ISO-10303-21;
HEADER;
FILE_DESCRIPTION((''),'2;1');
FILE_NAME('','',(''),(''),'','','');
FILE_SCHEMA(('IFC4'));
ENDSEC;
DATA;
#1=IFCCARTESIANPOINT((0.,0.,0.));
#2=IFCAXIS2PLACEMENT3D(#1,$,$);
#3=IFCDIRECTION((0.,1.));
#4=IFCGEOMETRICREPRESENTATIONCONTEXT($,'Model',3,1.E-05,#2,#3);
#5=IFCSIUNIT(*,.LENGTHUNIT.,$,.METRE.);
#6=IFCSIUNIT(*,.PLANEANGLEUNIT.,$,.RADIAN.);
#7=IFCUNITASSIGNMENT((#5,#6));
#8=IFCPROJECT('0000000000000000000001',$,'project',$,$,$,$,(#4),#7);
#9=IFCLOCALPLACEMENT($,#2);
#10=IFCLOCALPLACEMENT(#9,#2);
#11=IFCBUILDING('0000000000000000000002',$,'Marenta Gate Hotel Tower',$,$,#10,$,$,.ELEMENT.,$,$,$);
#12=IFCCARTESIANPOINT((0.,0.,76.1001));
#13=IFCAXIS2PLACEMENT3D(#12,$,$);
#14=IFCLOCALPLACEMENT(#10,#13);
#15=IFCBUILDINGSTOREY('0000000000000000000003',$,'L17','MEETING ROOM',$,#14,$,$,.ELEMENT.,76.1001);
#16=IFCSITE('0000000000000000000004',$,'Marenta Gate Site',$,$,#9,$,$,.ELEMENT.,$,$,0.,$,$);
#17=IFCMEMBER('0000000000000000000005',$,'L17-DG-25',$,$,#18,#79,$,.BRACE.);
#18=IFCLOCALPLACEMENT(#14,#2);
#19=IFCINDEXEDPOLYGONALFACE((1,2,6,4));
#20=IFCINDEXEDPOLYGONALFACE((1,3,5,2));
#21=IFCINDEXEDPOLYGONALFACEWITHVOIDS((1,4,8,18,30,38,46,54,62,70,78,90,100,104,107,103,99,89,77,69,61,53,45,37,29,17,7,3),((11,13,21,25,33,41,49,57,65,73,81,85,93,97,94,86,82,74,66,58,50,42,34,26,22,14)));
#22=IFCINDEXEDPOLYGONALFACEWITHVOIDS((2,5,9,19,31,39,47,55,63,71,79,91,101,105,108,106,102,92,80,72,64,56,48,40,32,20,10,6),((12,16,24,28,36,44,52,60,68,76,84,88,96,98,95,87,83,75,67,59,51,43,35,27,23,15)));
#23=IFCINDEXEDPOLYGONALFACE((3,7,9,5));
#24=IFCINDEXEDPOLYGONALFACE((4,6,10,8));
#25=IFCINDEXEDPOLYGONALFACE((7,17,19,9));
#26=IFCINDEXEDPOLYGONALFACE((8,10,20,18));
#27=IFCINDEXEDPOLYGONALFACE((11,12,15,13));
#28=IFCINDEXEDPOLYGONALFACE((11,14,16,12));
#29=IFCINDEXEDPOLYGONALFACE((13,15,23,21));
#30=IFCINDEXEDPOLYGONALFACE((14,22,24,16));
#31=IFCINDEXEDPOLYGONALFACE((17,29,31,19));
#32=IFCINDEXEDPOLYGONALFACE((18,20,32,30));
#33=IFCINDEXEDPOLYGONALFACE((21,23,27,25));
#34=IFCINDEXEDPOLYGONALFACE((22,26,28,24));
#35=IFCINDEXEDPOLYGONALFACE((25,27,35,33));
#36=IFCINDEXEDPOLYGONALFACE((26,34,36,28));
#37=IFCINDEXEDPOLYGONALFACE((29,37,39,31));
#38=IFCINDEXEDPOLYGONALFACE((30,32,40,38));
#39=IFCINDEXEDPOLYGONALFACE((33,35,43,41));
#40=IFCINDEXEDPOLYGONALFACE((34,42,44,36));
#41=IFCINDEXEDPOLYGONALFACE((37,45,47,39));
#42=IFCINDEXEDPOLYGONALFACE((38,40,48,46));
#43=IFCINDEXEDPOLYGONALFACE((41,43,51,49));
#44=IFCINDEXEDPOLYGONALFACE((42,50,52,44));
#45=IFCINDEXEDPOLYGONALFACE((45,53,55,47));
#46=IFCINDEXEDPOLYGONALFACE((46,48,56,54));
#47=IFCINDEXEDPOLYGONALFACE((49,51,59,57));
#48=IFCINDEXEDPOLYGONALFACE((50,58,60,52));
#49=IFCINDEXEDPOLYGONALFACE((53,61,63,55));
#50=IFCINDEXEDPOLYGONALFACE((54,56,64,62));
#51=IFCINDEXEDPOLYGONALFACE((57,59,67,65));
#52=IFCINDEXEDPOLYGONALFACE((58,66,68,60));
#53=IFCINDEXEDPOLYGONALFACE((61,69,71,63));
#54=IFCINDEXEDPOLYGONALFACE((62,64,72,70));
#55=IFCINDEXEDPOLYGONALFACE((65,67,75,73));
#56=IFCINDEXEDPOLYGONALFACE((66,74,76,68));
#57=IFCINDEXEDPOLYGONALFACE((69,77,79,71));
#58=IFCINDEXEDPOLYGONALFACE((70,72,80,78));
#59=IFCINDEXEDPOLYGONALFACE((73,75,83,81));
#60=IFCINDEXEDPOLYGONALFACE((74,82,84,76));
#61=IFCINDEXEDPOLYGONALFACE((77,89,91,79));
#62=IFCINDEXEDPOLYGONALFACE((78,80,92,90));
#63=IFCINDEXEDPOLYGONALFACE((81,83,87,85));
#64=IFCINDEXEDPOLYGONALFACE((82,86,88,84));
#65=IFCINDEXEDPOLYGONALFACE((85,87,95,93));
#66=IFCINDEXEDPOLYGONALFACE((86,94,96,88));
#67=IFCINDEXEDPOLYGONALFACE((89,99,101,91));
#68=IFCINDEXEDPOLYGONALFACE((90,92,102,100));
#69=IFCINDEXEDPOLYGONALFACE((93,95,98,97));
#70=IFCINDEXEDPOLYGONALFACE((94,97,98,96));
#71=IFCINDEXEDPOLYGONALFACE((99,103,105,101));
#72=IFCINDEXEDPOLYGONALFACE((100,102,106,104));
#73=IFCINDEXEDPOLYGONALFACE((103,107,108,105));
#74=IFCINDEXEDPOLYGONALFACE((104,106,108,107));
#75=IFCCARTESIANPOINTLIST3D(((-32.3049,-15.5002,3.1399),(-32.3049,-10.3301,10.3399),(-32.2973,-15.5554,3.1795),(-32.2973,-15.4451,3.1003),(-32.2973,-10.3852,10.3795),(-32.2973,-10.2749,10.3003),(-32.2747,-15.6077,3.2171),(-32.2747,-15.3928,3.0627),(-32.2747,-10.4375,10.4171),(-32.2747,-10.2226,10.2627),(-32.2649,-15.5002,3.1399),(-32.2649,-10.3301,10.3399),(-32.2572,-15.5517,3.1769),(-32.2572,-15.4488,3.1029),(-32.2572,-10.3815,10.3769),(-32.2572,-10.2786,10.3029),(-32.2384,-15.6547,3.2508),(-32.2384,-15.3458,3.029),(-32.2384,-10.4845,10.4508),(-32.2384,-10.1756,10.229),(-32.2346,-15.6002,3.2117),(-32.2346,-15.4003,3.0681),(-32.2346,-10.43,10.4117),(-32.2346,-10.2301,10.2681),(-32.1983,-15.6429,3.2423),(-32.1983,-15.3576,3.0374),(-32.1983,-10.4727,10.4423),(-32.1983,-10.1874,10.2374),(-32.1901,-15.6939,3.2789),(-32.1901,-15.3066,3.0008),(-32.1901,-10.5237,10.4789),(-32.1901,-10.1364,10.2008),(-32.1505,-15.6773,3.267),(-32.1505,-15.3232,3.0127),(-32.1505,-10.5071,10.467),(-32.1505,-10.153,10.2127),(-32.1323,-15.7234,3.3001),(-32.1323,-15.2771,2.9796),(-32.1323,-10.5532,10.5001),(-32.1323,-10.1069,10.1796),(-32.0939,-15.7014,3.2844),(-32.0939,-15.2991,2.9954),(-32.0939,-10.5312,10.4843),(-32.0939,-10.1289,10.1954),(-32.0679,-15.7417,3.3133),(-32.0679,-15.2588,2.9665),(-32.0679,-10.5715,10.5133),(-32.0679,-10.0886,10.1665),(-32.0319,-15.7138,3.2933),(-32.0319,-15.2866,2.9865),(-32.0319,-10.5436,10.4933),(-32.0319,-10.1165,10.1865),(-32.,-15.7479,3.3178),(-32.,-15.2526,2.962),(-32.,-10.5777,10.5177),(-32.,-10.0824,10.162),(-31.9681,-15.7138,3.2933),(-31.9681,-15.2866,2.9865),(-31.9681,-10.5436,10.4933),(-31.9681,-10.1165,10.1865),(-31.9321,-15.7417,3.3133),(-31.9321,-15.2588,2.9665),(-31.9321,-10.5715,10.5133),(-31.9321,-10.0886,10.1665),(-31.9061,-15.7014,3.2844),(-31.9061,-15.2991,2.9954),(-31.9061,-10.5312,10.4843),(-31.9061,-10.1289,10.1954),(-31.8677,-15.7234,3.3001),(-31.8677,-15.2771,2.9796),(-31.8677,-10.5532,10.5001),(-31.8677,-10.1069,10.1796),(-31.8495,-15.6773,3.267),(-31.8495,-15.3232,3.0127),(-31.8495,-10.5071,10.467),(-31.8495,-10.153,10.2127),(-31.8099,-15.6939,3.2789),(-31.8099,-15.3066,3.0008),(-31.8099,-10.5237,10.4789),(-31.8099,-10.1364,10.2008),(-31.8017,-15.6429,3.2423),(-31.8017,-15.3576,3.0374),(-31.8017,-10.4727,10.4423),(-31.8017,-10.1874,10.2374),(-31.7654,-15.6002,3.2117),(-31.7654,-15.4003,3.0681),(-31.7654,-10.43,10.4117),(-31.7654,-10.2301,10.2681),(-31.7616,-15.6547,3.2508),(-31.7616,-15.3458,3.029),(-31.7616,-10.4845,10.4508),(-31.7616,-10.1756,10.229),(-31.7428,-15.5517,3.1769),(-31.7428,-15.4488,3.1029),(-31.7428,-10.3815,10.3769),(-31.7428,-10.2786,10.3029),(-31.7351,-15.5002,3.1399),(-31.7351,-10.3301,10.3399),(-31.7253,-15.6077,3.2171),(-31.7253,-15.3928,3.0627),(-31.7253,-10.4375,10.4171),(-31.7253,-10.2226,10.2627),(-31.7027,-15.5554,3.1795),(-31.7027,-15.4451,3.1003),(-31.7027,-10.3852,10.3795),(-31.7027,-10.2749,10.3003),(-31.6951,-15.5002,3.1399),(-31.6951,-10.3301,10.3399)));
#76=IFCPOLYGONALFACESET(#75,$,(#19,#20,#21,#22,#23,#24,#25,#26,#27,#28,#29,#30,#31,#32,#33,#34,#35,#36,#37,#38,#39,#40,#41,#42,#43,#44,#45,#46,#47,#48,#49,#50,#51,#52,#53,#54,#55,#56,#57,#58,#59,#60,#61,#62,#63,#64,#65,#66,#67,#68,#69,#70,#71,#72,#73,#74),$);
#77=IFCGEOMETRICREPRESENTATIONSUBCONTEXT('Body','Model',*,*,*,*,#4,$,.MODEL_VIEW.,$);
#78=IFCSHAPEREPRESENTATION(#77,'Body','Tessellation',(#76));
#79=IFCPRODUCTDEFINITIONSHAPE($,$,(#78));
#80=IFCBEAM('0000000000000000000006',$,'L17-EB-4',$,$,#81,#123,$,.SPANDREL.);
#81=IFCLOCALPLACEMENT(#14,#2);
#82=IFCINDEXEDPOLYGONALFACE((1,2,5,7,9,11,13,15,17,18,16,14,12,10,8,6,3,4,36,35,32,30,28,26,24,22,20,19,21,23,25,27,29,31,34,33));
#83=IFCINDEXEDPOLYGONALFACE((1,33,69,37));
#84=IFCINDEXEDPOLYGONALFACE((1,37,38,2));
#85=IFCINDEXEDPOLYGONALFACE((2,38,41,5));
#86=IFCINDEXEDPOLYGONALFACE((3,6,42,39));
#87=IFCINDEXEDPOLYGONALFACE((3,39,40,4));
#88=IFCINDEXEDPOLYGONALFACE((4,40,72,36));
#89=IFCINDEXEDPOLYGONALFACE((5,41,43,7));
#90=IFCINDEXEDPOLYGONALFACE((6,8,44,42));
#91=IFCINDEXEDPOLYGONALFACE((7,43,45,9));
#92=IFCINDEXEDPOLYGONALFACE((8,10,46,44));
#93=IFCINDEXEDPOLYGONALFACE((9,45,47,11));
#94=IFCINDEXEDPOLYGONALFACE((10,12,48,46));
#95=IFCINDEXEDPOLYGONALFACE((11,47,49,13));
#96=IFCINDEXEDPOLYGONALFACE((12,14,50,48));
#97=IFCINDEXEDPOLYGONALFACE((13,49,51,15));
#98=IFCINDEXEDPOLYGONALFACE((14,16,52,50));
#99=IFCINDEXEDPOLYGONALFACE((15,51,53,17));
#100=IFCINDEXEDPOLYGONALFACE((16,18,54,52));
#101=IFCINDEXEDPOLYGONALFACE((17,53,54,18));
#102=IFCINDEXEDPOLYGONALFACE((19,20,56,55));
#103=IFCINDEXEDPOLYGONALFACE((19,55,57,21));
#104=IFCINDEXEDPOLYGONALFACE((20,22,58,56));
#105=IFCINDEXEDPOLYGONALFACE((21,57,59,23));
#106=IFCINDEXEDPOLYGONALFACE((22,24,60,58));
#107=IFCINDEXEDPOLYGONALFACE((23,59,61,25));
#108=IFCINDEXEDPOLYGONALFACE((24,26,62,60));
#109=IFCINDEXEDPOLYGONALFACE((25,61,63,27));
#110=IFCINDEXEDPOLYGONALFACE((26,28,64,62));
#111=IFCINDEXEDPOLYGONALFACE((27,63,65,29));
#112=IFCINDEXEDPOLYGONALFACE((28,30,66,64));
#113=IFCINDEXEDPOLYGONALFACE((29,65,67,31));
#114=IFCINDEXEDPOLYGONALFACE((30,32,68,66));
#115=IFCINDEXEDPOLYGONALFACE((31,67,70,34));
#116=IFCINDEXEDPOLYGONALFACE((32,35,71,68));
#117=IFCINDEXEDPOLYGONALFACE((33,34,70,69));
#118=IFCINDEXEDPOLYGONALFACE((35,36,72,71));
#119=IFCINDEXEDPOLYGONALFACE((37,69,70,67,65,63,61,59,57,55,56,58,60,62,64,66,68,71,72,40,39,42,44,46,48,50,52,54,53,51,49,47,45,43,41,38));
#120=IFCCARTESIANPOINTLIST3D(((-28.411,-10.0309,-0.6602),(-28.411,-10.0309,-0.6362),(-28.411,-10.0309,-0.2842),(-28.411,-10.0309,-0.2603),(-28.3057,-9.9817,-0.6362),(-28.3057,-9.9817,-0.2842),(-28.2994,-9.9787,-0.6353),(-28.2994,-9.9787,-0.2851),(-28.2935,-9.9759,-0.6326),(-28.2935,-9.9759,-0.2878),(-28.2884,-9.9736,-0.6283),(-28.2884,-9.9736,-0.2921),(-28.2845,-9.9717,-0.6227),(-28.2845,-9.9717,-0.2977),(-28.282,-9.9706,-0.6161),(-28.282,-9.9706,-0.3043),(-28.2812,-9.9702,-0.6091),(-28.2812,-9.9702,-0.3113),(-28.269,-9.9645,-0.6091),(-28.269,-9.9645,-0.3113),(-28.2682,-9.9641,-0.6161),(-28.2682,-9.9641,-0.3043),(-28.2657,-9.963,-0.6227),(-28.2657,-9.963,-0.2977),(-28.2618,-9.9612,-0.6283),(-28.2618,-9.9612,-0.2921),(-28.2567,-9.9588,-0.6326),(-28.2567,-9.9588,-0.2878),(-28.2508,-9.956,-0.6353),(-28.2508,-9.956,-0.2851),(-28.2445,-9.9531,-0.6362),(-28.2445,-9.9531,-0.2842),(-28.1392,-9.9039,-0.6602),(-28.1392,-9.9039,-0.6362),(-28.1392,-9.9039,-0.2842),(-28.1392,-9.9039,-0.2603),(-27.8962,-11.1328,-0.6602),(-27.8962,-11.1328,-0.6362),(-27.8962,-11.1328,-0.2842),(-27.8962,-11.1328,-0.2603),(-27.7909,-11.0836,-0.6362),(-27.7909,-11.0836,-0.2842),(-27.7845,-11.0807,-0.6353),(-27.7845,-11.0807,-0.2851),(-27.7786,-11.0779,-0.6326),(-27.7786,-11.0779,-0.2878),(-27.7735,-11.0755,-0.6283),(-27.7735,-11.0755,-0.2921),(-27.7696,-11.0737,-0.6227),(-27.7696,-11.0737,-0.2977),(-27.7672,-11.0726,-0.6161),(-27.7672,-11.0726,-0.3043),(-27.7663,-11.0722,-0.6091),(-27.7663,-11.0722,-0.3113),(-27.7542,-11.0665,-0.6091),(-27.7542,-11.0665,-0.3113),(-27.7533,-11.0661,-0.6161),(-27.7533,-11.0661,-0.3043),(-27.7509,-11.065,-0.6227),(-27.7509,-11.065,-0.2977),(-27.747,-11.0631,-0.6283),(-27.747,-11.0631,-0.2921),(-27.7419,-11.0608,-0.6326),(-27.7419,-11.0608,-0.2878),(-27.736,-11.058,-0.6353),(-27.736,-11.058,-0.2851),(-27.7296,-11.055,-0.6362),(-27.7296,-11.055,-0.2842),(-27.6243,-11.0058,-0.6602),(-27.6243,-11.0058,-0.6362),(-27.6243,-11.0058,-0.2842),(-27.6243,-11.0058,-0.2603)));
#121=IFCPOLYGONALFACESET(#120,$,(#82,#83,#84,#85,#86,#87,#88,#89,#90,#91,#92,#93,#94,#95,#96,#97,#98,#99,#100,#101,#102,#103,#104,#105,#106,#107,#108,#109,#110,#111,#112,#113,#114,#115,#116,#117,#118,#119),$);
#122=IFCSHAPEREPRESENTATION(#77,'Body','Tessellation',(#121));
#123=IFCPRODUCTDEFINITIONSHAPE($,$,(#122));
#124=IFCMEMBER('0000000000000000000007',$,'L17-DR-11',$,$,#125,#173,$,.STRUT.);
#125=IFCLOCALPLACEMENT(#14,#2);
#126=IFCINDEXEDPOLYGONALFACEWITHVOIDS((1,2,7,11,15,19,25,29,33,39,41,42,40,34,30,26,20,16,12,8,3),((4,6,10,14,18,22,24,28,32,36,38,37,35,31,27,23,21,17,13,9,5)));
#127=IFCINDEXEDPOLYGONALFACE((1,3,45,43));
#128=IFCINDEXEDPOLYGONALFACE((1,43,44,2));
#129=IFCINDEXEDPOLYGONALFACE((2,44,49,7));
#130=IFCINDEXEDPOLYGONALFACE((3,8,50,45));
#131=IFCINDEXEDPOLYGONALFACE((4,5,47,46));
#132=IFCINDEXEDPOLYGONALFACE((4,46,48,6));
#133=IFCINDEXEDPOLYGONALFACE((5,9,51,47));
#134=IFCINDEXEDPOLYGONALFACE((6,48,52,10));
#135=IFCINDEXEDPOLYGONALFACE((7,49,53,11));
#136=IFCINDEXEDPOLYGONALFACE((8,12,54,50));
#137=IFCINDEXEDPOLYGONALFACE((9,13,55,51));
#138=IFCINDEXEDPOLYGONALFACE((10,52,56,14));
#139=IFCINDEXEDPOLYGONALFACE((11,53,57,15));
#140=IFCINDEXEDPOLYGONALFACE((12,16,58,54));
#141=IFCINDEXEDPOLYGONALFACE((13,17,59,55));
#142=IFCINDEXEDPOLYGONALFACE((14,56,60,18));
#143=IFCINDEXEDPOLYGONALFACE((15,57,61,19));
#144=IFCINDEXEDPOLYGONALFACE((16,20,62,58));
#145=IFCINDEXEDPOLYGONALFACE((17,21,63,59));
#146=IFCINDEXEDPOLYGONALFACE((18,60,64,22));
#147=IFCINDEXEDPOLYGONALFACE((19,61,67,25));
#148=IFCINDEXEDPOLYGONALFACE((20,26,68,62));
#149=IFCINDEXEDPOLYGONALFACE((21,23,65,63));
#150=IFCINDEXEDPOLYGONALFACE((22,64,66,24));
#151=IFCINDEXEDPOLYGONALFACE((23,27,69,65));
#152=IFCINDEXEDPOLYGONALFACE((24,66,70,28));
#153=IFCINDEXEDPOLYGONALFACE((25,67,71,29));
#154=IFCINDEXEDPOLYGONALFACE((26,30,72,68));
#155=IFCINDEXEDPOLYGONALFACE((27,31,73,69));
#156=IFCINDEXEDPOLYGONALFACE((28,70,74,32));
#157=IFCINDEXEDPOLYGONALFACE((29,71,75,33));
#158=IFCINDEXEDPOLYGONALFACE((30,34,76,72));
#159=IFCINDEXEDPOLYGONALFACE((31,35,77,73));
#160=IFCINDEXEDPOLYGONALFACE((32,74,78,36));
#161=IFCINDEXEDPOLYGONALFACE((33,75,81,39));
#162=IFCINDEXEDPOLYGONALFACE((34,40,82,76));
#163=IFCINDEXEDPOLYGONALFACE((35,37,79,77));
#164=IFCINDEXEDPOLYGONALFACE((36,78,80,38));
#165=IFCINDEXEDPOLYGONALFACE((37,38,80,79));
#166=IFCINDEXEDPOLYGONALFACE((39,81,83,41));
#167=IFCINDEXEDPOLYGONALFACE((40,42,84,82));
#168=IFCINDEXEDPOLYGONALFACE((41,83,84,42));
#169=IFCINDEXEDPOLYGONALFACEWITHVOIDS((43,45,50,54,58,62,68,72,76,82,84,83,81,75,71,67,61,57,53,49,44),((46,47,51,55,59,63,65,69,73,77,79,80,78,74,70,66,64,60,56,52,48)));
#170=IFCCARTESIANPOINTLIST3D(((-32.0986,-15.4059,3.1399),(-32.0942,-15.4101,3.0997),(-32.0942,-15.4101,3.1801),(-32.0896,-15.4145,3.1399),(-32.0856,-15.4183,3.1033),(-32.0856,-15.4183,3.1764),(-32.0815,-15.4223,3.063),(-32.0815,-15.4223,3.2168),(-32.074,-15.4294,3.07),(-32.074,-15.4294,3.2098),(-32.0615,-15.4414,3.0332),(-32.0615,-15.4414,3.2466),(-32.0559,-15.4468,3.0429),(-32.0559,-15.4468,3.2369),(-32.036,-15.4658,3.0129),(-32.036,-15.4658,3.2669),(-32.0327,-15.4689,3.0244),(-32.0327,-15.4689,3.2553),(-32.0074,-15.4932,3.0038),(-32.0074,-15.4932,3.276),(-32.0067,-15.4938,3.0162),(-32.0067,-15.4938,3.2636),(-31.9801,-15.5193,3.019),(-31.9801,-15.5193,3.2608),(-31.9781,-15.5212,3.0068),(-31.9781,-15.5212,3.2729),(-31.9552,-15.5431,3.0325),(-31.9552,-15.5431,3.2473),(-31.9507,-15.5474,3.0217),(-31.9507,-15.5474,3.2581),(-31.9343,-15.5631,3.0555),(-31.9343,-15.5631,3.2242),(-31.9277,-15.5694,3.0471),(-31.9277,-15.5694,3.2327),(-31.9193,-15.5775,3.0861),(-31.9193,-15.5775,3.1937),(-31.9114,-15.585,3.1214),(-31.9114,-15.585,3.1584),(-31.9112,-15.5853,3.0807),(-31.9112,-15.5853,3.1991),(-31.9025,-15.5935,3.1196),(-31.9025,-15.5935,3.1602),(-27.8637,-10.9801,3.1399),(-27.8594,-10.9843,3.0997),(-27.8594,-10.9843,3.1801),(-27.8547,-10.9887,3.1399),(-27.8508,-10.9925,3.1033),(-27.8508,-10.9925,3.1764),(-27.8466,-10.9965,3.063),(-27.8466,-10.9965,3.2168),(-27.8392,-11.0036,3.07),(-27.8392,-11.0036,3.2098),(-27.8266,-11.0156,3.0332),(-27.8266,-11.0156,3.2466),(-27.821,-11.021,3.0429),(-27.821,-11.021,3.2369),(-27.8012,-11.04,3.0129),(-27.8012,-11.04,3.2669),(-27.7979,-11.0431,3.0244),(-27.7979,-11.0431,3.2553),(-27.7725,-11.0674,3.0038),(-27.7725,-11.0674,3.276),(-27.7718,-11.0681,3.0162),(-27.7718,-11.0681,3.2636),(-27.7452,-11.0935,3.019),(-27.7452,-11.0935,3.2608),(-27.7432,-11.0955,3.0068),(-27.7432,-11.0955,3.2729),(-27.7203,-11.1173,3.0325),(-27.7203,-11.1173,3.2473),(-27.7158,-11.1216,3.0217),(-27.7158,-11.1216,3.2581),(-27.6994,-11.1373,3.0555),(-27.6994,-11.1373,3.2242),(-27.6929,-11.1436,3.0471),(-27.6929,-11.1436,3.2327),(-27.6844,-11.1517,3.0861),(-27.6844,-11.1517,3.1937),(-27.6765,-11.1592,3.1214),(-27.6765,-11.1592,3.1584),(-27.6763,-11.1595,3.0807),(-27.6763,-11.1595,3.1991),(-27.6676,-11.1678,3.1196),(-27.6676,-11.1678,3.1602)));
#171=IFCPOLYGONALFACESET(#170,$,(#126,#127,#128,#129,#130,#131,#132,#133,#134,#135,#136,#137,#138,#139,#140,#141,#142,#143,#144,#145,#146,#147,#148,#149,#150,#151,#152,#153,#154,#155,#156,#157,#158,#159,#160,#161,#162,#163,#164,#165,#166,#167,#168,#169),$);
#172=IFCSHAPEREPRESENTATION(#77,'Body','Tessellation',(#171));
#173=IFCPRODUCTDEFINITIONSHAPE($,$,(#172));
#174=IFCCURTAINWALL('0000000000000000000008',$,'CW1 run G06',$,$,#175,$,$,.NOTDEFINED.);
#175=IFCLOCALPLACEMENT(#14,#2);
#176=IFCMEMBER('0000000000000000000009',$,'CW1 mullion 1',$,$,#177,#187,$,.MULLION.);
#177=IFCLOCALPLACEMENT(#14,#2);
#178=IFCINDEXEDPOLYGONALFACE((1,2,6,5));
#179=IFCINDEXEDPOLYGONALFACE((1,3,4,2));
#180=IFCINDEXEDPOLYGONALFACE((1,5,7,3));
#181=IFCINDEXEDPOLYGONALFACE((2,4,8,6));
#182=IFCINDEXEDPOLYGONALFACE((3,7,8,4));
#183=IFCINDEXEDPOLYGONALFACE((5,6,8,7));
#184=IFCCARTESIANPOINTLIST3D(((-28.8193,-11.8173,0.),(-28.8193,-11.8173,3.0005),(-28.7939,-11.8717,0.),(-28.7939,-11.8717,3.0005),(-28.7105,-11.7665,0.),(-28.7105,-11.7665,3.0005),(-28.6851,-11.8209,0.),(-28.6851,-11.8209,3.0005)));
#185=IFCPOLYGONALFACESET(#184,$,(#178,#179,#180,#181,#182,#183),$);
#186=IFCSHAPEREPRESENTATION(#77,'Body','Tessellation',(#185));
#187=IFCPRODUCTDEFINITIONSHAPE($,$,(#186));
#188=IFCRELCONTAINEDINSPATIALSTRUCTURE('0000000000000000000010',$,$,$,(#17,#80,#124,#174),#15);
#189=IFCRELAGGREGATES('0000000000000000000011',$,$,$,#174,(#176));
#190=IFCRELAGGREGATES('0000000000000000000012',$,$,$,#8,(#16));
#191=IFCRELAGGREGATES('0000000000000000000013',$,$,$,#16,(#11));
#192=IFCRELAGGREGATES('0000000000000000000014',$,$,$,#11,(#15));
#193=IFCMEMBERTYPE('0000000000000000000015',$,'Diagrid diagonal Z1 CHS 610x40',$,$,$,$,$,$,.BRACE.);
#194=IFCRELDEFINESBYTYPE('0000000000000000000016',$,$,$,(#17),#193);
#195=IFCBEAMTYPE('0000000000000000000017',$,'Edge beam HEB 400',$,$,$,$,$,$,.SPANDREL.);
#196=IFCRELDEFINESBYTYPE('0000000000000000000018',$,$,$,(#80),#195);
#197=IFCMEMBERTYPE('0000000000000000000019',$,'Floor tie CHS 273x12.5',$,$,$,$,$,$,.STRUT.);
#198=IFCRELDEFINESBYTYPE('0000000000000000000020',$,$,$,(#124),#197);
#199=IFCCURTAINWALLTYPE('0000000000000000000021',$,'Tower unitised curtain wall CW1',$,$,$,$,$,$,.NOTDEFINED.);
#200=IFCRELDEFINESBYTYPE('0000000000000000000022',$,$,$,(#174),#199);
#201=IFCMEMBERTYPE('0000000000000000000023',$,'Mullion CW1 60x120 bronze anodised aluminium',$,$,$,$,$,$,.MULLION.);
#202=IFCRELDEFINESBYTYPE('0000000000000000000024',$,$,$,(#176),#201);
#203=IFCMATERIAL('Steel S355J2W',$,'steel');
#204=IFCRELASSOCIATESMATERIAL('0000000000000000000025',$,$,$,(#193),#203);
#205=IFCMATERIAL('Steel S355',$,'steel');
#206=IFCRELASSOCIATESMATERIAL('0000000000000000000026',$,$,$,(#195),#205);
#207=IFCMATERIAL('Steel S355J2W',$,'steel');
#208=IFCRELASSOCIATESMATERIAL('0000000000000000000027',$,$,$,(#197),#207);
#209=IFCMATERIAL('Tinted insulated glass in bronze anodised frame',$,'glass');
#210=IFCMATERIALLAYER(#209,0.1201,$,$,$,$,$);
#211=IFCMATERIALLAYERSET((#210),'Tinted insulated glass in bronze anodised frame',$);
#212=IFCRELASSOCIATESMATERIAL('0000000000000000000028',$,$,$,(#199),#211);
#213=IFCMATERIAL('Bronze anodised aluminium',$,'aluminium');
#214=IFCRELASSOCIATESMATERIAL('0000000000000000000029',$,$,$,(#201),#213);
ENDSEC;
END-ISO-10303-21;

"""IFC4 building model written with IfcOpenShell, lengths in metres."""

from ifc_helpers import new_model, si_unit, direction, frame, origin, origin_2d, place, context, subcontext, project, spatial, rectangle, hollow_circle, i_section, extrude, material, layer, layer_set, material_profile, profile_set, type_object, element, aggregate, save


model = new_model("IFC4")

# Units and contexts
model_context = context("Model", 3, precision=1e-05, world=origin(), true_north=direction((0.0, 1.0)))
body_context = subcontext(model_context, "Body", "Model", "MODEL_VIEW")
ifc_project = project(units=[si_unit("LENGTHUNIT", "METRE"), si_unit("PLANEANGLEUNIT", "RADIAN")], contexts=[model_context])

# Site, building, storey
site_placement = place(None, origin())
site = spatial("IfcSite", under=ifc_project, at=site_placement, Name="Marenta Gate Site", CompositionType="ELEMENT", RefElevation=0.0)
building_placement = place(site_placement, origin())
building = spatial("IfcBuilding", under=site, at=building_placement, Name="Marenta Gate Hotel Tower", CompositionType="ELEMENT")
storey_placement = place(building_placement, frame((0.0, 0.0, 76.1001)))
storey = spatial("IfcBuildingStorey", under=building, at=storey_placement, Name="L17", Description="MEETING ROOM", CompositionType="ELEMENT", Elevation=76.1001)

# Member
ifc_material_1 = material(Name="Steel S355J2W", Category="steel")
ifc_material_profile_1 = material_profile(ifc_material_1, hollow_circle(Radius=0.3049, WallThickness=0.04, at=origin_2d()), Name="CHS 610x40")
ifc_profile_set_1 = profile_set([ifc_material_profile_1], Name="Steel S355J2W")
member_type_1 = type_object("IfcMemberType", Name="Diagrid diagonal Z1 CHS 610x40", PredefinedType="BRACE", material=ifc_profile_set_1)
member_1_placement = place(storey_placement, frame((-32.0, -15.5002, 3.1399), z_axis=(0.0, 0.583279, 0.812272), x_axis=(-1.0, 0.0, 0.0)))
element("IfcMember", 1, at=member_1_placement, inside=storey, type_object=member_type_1, Name="L17-DG-25", PredefinedType="BRACE", context=body_context, shape_type="SweptSolid", body=[
    extrude(hollow_circle(Radius=0.3049, WallThickness=0.04, at=origin_2d()), origin(), (0.0, 0.0, 1.0), 8.864),
])

# Beam
ifc_material_2 = material(Name="Steel S355", Category="steel")
ifc_material_profile_2 = material_profile(ifc_material_2, i_section(OverallWidth=0.3, OverallDepth=0.3999, WebThickness=0.0134, FlangeThickness=0.0239, FilletRadius=0.0271, at=origin_2d()), Name="HEB 400")
ifc_profile_set_2 = profile_set([ifc_material_profile_2], Name="Steel S355")
beam_type = type_object("IfcBeamType", Name="Edge beam HEB 400", PredefinedType="SPANDREL", material=ifc_profile_set_2)
beam_placement = place(storey_placement, frame((-27.7603, -11.0693, -0.4602), z_axis=(-0.423292, 0.905993, 0.0), x_axis=(-0.905993, -0.423292, 0.0)))
element("IfcBeam", 2, at=beam_placement, inside=storey, type_object=beam_type, Name="L17-EB-4", PredefinedType="SPANDREL", context=body_context, shape_type="SweptSolid", body=[
    extrude(i_section(OverallWidth=0.3, OverallDepth=0.3999, WebThickness=0.0134, FlangeThickness=0.0239, FilletRadius=0.0271, at=origin_2d()), origin(), (0.0, 0.0, 1.0), 1.2163),
])

# Member
ifc_material_3 = material(Name="Steel S355J2W", Category="steel")
ifc_material_profile_3 = material_profile(ifc_material_3, hollow_circle(Radius=0.1365, WallThickness=0.0125, at=origin_2d()), Name="CHS 273x12.5")
ifc_profile_set_3 = profile_set([ifc_material_profile_3], Name="Steel S355J2W")
member_type_2 = type_object("IfcMemberType", Name="Floor tie CHS 273x12.5", PredefinedType="STRUT", material=ifc_profile_set_3)
member_2_placement = place(storey_placement, frame((-32.0, -15.5002, 3.1399), z_axis=(0.691351, 0.722519, 0.0), x_axis=(-0.722519, 0.691351, 0.0)))
element("IfcMember", 3, at=member_2_placement, inside=storey, type_object=member_type_2, Name="L17-DR-11", PredefinedType="STRUT", context=body_context, shape_type="SweptSolid", body=[
    extrude(hollow_circle(Radius=0.1365, WallThickness=0.0125, at=origin_2d()), origin(), (0.0, 0.0, 1.0), 6.1255),
])

# Curtain wall, member
ifc_material_4 = material(Name="Tinted insulated glass in bronze anodised frame", Category="glass")
ifc_layer_1 = layer(ifc_material_4, 0.1201)
ifc_layer_set_1 = layer_set([ifc_layer_1], Name="Tinted insulated glass in bronze anodised frame")
curtain_wall_type = type_object("IfcCurtainWallType", Name="Tower unitised curtain wall CW1", PredefinedType="NOTDEFINED", material=ifc_layer_set_1)
curtain_wall_1_placement = place(storey_placement, origin())
curtain_wall_1 = element("IfcCurtainWall", 4, at=curtain_wall_1_placement, inside=storey, type_object=curtain_wall_type, Name="CW1 run G06", PredefinedType="NOTDEFINED")
ifc_material_5 = material(Name="Bronze anodised aluminium", Category="aluminium")
ifc_material_profile_4 = material_profile(ifc_material_5, rectangle(XDim=0.1201, YDim=0.0601, at=origin_2d()), Name="Mullion CW1 60x120 bronze anodised aluminium")
ifc_profile_set_4 = profile_set([ifc_material_profile_4], Name="Bronze anodised aluminium")
member_type_3 = type_object("IfcMemberType", Name="Mullion CW1 60x120 bronze anodised aluminium", PredefinedType="MULLION", material=ifc_profile_set_4)
member_3_placement = place(storey_placement, frame((-28.7522, -11.8191, 0.0), z_axis=(0.0, 0.0, 1.0), x_axis=(0.906004, 0.423268, 0.0)))
member_3 = element("IfcMember", 5, at=member_3_placement, type_object=member_type_3, Name="CW1 mullion 1", PredefinedType="MULLION", context=body_context, shape_type="SweptSolid", body=[
    extrude(rectangle(XDim=0.1201, YDim=0.0601, at=origin_2d()), origin(), (0.0, 0.0, 1.0), 3.0005),
])

aggregate(curtain_wall_1, [member_3])

save(model, "model.ifc")
